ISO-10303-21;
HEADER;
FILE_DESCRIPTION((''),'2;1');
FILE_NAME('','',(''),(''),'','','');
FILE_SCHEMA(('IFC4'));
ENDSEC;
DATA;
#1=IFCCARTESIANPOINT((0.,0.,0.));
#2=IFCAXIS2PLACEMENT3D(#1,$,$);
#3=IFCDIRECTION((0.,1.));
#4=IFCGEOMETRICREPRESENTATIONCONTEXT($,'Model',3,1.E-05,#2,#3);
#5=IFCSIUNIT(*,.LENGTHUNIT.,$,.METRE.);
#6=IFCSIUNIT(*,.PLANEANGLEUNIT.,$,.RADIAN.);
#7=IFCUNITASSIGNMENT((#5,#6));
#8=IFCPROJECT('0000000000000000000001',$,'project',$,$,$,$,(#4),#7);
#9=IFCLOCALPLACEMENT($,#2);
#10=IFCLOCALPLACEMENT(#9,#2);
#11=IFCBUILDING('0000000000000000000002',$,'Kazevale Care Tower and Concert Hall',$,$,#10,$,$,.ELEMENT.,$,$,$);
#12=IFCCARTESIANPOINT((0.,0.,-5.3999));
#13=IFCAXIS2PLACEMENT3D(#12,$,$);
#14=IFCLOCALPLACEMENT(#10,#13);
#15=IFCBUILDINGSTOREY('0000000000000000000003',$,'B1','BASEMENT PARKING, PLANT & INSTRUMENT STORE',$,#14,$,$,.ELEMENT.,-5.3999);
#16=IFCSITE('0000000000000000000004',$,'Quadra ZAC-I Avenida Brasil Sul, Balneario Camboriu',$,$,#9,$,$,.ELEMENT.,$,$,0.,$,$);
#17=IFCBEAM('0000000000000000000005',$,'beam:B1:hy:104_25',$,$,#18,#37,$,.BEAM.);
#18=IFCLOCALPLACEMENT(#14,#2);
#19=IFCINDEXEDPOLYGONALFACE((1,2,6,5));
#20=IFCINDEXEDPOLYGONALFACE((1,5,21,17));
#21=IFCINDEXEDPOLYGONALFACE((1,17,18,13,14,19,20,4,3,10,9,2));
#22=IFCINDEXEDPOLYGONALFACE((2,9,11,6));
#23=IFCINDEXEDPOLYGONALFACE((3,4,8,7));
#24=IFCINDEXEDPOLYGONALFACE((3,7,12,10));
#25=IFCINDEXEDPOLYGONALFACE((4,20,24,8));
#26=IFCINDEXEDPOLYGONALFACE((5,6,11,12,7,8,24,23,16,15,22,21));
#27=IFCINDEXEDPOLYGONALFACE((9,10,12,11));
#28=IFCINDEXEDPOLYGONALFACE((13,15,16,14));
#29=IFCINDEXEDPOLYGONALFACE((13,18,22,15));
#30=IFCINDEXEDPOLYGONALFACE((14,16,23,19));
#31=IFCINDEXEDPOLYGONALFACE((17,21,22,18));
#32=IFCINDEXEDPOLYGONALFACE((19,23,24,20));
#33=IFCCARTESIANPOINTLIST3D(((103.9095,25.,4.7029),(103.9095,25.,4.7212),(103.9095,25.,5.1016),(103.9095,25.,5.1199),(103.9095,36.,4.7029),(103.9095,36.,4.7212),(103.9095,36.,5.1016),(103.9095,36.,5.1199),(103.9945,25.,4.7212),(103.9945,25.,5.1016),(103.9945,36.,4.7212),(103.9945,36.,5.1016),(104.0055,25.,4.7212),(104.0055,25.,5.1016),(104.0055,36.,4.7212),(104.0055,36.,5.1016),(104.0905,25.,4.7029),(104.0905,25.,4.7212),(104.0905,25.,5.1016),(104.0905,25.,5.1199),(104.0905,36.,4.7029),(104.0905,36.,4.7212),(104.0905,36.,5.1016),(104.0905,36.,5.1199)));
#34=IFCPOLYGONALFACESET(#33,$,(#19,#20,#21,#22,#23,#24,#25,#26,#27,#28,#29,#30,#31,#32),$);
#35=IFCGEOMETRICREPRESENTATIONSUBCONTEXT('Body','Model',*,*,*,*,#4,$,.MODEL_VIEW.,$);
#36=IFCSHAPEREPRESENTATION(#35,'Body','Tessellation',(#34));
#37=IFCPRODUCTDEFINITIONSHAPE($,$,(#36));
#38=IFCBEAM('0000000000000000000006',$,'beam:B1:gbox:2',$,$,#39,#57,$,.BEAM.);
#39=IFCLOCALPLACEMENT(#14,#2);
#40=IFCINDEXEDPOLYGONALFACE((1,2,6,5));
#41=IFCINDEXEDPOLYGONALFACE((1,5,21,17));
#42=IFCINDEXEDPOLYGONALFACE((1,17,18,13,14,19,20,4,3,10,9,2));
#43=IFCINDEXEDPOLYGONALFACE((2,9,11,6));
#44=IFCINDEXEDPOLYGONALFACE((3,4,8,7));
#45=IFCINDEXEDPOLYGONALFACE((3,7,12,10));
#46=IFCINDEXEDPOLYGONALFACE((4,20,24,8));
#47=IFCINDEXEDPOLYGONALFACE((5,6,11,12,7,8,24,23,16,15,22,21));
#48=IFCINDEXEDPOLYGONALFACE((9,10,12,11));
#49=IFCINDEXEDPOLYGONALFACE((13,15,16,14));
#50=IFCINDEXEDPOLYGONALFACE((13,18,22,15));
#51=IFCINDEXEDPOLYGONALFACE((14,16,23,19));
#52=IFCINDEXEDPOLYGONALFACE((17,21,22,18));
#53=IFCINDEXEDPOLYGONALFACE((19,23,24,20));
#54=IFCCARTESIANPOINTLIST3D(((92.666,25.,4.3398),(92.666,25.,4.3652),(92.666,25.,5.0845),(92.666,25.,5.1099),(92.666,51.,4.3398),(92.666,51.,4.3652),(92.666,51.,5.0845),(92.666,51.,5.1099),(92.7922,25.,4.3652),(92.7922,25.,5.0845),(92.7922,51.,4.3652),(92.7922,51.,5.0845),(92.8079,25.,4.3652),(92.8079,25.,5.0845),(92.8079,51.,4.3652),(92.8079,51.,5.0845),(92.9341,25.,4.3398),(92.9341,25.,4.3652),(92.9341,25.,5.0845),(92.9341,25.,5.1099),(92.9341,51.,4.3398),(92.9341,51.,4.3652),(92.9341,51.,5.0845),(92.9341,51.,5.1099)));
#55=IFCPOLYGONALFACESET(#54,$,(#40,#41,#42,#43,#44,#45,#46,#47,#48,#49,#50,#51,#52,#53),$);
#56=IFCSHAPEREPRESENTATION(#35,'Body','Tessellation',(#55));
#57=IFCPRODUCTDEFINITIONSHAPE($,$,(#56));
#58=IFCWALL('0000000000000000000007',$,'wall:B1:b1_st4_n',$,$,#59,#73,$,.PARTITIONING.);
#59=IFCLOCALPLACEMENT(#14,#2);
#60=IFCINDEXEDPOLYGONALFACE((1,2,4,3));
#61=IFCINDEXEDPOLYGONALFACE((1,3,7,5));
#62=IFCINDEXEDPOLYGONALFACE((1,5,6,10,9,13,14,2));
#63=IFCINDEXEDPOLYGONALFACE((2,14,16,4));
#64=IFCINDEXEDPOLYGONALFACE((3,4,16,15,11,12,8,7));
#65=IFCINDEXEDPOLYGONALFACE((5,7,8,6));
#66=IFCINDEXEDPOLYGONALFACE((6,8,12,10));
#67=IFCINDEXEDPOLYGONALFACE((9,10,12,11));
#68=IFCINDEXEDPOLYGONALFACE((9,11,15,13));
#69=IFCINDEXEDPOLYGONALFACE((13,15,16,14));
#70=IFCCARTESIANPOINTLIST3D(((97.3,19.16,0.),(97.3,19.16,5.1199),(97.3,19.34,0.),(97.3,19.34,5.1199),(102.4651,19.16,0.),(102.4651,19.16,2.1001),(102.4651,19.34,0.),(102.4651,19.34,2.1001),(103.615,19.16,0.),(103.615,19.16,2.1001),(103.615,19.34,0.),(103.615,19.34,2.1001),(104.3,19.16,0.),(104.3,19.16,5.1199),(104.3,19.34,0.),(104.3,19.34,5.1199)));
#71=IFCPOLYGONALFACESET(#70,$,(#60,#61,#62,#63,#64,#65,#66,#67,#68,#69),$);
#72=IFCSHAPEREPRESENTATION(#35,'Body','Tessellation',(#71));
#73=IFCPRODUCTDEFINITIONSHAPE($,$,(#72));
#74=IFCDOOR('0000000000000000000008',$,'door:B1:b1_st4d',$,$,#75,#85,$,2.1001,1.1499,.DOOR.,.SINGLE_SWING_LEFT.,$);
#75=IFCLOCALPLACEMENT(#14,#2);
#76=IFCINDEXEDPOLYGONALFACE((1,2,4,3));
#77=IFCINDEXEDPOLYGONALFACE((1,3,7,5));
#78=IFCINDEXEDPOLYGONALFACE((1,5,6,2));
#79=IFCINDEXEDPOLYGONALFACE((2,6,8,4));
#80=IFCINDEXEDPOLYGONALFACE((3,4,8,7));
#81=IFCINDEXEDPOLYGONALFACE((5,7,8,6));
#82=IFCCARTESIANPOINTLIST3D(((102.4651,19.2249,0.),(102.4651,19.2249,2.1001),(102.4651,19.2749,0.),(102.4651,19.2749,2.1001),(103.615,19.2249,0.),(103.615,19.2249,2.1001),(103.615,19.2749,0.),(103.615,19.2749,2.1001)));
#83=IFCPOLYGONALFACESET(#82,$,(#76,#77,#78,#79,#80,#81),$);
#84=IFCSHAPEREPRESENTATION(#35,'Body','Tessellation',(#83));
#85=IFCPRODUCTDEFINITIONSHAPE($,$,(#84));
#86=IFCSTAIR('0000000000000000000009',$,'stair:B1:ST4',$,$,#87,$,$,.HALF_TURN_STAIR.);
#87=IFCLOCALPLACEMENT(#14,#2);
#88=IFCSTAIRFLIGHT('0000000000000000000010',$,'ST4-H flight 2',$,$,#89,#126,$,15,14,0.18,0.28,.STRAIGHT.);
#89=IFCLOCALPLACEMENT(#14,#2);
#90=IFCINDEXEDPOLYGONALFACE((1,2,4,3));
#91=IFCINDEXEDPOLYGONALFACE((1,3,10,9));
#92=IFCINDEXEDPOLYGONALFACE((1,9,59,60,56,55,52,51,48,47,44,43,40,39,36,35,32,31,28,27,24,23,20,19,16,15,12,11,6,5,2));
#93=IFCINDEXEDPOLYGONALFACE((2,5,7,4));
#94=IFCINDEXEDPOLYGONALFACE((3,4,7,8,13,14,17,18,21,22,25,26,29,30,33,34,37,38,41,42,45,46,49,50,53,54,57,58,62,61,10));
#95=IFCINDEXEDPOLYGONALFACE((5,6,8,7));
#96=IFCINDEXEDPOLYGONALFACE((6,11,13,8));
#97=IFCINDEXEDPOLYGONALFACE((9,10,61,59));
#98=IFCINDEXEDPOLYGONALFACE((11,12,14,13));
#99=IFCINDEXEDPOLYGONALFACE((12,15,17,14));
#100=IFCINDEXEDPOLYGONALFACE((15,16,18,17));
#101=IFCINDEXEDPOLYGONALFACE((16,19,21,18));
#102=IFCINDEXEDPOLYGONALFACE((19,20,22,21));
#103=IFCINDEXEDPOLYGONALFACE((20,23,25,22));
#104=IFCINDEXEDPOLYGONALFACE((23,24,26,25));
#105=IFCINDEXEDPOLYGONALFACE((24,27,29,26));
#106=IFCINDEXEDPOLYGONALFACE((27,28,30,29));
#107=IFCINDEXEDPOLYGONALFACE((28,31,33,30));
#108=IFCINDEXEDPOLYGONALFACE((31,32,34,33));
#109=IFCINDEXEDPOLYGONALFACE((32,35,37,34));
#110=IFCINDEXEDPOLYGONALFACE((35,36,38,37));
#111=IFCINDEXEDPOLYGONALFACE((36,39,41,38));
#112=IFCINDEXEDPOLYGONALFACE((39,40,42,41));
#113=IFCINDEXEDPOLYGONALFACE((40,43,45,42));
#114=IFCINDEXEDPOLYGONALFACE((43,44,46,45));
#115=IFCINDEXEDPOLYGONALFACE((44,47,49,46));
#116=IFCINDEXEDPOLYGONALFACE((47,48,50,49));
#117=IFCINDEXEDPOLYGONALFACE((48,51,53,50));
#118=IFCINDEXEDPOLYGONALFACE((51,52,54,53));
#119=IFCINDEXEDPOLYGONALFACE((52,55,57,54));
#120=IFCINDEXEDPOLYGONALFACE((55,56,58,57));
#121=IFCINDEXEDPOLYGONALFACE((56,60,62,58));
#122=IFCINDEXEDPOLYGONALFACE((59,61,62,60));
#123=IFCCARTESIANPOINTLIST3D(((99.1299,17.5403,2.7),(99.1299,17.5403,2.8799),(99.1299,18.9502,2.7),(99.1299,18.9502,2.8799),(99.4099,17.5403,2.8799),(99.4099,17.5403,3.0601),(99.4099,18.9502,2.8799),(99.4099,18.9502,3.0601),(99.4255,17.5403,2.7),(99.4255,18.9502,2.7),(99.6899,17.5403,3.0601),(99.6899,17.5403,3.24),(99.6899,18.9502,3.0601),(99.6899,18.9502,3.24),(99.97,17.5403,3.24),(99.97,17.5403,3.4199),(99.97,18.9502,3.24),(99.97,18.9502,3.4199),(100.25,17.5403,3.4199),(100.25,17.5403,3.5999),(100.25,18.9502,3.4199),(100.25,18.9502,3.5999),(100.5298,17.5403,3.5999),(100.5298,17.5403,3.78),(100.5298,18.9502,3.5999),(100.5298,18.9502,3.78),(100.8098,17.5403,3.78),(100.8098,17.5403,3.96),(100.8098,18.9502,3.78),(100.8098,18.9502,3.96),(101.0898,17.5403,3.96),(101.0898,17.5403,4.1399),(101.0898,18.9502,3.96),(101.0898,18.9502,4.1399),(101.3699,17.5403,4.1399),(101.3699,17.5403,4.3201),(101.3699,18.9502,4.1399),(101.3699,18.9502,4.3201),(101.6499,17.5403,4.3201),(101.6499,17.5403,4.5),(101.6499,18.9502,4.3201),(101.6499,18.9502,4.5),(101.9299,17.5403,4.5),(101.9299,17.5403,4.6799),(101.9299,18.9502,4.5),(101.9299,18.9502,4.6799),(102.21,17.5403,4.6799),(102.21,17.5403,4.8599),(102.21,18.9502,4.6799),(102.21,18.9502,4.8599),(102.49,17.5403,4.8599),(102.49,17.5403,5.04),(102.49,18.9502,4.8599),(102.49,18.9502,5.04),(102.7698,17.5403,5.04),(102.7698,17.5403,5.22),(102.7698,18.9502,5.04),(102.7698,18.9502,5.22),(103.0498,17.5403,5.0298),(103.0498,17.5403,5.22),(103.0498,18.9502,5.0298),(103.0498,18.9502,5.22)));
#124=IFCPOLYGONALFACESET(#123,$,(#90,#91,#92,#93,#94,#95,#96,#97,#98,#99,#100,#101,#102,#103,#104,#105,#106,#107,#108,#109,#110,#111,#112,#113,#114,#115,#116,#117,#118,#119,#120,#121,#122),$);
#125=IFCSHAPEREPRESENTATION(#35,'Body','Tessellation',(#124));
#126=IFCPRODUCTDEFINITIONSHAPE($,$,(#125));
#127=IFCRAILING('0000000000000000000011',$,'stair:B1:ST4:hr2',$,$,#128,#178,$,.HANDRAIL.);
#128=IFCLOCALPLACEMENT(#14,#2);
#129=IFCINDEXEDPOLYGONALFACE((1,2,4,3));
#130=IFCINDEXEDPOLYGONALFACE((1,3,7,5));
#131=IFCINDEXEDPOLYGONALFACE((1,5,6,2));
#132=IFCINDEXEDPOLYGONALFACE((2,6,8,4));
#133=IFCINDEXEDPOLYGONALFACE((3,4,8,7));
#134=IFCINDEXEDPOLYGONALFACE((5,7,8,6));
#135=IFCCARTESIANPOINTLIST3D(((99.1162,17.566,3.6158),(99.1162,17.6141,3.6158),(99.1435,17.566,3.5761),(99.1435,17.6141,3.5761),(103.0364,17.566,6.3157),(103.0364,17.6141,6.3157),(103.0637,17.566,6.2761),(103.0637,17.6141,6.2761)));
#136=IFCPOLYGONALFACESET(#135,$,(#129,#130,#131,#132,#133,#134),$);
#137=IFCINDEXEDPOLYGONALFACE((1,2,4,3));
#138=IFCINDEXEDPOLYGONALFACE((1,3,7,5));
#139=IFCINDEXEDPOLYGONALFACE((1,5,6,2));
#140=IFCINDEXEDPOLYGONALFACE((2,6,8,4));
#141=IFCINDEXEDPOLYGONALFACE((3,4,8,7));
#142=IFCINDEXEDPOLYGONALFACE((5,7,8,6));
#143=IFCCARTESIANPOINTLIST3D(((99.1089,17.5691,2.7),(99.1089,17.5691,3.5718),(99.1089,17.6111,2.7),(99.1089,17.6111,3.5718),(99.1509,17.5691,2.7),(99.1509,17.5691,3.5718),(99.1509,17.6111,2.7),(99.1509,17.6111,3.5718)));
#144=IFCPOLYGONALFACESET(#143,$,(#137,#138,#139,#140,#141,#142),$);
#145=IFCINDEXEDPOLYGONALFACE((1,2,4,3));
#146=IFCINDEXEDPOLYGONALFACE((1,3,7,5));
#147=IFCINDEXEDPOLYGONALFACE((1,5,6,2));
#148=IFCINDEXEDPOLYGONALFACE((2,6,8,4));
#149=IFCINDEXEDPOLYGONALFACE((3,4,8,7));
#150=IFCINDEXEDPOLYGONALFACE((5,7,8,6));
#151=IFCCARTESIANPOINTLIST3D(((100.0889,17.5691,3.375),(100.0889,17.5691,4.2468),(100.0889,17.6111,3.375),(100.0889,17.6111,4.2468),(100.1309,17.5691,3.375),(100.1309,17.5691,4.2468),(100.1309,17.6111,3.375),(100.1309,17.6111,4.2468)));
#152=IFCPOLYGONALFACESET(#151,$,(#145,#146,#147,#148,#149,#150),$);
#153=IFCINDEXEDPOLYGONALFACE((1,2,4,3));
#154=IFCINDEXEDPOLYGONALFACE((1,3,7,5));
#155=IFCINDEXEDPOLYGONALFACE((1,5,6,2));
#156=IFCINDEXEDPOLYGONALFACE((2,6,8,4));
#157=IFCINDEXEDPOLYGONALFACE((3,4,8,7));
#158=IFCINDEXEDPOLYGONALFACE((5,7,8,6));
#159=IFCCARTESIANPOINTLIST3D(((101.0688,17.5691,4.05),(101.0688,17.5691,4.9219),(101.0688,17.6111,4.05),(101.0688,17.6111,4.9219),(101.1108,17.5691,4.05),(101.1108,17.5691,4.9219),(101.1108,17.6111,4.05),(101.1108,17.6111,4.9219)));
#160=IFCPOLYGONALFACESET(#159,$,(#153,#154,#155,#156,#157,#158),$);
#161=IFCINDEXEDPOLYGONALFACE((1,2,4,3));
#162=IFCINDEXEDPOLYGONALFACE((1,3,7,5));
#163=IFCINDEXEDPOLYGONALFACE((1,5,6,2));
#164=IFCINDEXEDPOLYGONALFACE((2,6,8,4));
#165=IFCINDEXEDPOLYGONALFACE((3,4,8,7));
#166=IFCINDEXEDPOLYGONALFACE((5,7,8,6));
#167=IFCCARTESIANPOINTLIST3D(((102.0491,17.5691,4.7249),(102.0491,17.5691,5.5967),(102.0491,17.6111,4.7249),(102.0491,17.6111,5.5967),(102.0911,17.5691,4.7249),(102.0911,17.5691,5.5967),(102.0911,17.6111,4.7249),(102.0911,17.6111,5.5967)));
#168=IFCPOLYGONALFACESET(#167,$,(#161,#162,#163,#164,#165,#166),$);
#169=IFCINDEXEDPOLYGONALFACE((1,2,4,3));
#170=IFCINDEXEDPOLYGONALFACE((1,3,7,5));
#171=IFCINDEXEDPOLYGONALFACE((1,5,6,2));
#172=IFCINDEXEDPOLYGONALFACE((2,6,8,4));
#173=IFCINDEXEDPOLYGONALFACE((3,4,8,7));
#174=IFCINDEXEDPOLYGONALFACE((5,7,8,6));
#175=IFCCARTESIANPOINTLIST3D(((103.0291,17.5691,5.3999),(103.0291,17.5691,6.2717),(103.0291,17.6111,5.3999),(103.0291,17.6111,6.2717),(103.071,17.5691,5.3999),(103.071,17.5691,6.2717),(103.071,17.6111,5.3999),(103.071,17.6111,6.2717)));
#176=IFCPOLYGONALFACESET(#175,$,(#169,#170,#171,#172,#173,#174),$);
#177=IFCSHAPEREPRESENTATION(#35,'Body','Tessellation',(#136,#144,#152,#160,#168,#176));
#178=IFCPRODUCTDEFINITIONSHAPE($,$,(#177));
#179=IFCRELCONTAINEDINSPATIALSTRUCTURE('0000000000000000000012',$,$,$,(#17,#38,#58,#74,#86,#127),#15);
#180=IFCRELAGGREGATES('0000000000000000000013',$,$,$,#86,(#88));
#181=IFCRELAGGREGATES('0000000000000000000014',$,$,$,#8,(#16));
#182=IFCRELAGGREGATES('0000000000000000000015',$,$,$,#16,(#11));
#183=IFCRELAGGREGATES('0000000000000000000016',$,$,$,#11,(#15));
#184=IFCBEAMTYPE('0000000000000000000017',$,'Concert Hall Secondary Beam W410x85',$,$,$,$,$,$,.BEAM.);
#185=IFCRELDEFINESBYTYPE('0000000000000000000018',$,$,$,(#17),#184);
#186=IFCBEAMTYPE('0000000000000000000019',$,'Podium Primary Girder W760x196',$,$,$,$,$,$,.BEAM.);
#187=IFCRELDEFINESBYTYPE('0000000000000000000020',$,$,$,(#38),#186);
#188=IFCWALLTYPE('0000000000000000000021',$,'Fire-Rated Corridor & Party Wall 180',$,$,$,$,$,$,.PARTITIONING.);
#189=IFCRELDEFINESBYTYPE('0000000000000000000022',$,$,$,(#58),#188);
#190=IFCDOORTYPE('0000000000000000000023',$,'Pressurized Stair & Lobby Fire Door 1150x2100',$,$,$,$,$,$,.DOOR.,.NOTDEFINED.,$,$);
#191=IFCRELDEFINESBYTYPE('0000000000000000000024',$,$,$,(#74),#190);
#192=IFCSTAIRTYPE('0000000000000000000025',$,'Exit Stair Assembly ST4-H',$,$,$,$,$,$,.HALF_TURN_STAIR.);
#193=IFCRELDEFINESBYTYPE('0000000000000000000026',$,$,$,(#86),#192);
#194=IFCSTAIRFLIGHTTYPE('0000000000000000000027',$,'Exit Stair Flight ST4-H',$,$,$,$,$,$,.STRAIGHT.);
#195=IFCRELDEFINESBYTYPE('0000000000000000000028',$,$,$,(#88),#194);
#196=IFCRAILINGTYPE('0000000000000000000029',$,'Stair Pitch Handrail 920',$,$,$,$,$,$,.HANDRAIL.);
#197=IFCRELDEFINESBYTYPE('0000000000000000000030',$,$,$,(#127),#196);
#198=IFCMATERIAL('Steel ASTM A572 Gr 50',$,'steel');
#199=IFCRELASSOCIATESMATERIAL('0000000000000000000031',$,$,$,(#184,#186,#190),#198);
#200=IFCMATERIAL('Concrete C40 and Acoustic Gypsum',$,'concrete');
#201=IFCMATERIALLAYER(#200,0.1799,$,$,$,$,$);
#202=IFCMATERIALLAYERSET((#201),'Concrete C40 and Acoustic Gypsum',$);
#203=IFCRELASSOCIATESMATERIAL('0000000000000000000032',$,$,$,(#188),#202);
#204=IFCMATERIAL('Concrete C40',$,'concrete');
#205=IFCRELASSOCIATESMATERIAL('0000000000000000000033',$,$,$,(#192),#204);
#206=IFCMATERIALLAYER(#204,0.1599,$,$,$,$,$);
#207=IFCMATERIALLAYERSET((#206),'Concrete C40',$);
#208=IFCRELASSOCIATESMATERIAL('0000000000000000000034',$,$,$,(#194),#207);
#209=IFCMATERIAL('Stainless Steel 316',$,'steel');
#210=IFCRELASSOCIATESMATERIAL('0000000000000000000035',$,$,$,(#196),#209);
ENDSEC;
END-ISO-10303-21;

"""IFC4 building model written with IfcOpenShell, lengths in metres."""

from ifc_helpers import new_model, si_unit, direction, frame, frame_2d, origin, origin_2d, place, context, subcontext, project, spatial, polyline, rectangle, i_section, outline, extrude, material, layer, layer_set, material_profile, profile_set, type_object, element, fill, aggregate, save


model = new_model("IFC4")

# Units and contexts
model_context = context("Model", 3, precision=1e-05, world=origin(), true_north=direction((0.0, 1.0)))
body_context = subcontext(model_context, "Body", "Model", "MODEL_VIEW")
ifc_project = project(units=[si_unit("LENGTHUNIT", "METRE"), si_unit("PLANEANGLEUNIT", "RADIAN")], contexts=[model_context])

# Site, building, storey
site_placement = place(None, origin())
site = spatial("IfcSite", under=ifc_project, at=site_placement, Name="Quadra ZAC-I Avenida Brasil Sul, Balneario Camboriu", CompositionType="ELEMENT", RefElevation=0.0)
building_placement = place(site_placement, origin())
building = spatial("IfcBuilding", under=site, at=building_placement, Name="Kazevale Care Tower and Concert Hall", CompositionType="ELEMENT")
storey_placement = place(building_placement, frame((0.0, 0.0, -5.3999)))
storey = spatial("IfcBuildingStorey", under=building, at=storey_placement, Name="B1", Description="BASEMENT PARKING, PLANT & INSTRUMENT STORE", CompositionType="ELEMENT", Elevation=-5.3999)

# Beams
ifc_material_1 = material(Name="Steel ASTM A572 Gr 50", Category="steel")
ifc_material_profile_1 = material_profile(ifc_material_1, i_section(OverallWidth=0.1809, OverallDepth=0.417, WebThickness=0.011, FlangeThickness=0.0183, at=origin_2d()), Name="W410x85")
ifc_profile_set_1 = profile_set([ifc_material_profile_1], Name="Steel ASTM A572 Gr 50")
beam_type_1 = type_object("IfcBeamType", Name="Concert Hall Secondary Beam W410x85", PredefinedType="BEAM", material=ifc_profile_set_1)
for number, where, z_axis, x_axis, name in (
    (1, (104.0, 25.0, 4.9114), (0.0, 1.0, 0.0), (-1.0, 0.0, 0.0), "beam:B1:hy:104_25"),
):
    element("IfcBeam", number, at=place(storey_placement, frame(where, z_axis=z_axis, x_axis=x_axis)), inside=storey, type_object=beam_type_1, Name=name, PredefinedType="BEAM", context=body_context, shape_type="SweptSolid", body=[
        extrude(i_section(OverallWidth=0.1809, OverallDepth=0.417, WebThickness=0.011, FlangeThickness=0.0183, at=origin_2d()), origin(), (0.0, 0.0, 1.0), 11.0),
    ])
ifc_material_profile_2 = material_profile(ifc_material_1, i_section(OverallWidth=0.2681, OverallDepth=0.77, WebThickness=0.0156, FlangeThickness=0.0254, at=origin_2d()), Name="W760x196")
ifc_profile_set_2 = profile_set([ifc_material_profile_2], Name="Steel ASTM A572 Gr 50")
beam_type_2 = type_object("IfcBeamType", Name="Podium Primary Girder W760x196", PredefinedType="BEAM", material=ifc_profile_set_2)
beam_1_placement = place(storey_placement, frame((92.8, 25.0, 4.7249), z_axis=(0.0, 1.0, 0.0), x_axis=(-1.0, 0.0, 0.0)))
element("IfcBeam", 2, at=beam_1_placement, inside=storey, type_object=beam_type_2, Name="beam:B1:gbox:2", PredefinedType="BEAM", context=body_context, shape_type="SweptSolid", body=[
    extrude(i_section(OverallWidth=0.2681, OverallDepth=0.77, WebThickness=0.0156, FlangeThickness=0.0254, at=origin_2d()), origin(), (0.0, 0.0, 1.0), 26.0),
])

# Wall, opening, door
ifc_material_2 = material(Name="Concrete C40 and Acoustic Gypsum", Category="concrete")
ifc_layer_1 = layer(ifc_material_2, 0.1799)
ifc_layer_set_1 = layer_set([ifc_layer_1], Name="Concrete C40 and Acoustic Gypsum")
wall_type = type_object("IfcWallType", Name="Fire-Rated Corridor & Party Wall 180", PredefinedType="PARTITIONING", material=ifc_layer_set_1)
wall_placement = place(storey_placement, frame((97.3, 19.25, 0.0), z_axis=(0.0, 0.0, 1.0), x_axis=(1.0, 0.0, 0.0)))
wall = element("IfcWall", 3, at=wall_placement, inside=storey, type_object=wall_type, Name="wall:B1:b1_st4_n", PredefinedType="PARTITIONING", context=body_context, shape_type="SweptSolid", body=[
    extrude(rectangle(XDim=7.0, YDim=0.1799, at=frame_2d((3.5, 0.0))), origin(), (0.0, 0.0, 1.0), 5.1199),
])
opening_placement = place(wall_placement, frame((5.165, 0.0, 0.0)))
opening = element("IfcOpeningElement", 4, at=opening_placement, cuts=wall, PredefinedType="OPENING", context=body_context, shape_type="SweptSolid", body=[
    extrude(rectangle(XDim=1.1499, YDim=2.1001, at=frame_2d((0.575, 1.05))), frame((0.0, 0.0999, 0.0), z_axis=(0.0, -1.0, 0.0), x_axis=(1.0, 0.0, 0.0)), (0.0, 0.0, 1.0), 0.2),
])
door_type = type_object("IfcDoorType", Name="Pressurized Stair & Lobby Fire Door 1150x2100", OperationType="NOTDEFINED", PredefinedType="DOOR", material=ifc_material_1)
door_placement = place(opening_placement, origin())
door = element("IfcDoor", 5, at=door_placement, inside=storey, type_object=door_type, Name="door:B1:b1_st4d", OperationType="SINGLE_SWING_LEFT", OverallHeight=2.1001, OverallWidth=1.1499, PredefinedType="DOOR", context=body_context, shape_type="SweptSolid", body=[
    extrude(rectangle(XDim=1.1499, YDim=2.1001, at=frame_2d((0.575, 1.05))), frame((0.0, 0.0249, 0.0), z_axis=(0.0, -1.0, 0.0), x_axis=(1.0, 0.0, 0.0)), (0.0, 0.0, 1.0), 0.05),
])
fill(opening, door)

# Stair, stair flight
ifc_material_3 = material(Name="Concrete C40", Category="concrete")
stair_type = type_object("IfcStairType", Name="Exit Stair Assembly ST4-H", PredefinedType="HALF_TURN_STAIR", material=ifc_material_3)
stair_placement = place(storey_placement, origin())
stair = element("IfcStair", 6, at=stair_placement, inside=storey, type_object=stair_type, Name="stair:B1:ST4", PredefinedType="HALF_TURN_STAIR")
ifc_layer_2 = layer(ifc_material_3, 0.1599)
ifc_layer_set_2 = layer_set([ifc_layer_2], Name="Concrete C40")
stair_flight_type = type_object("IfcStairFlightType", Name="Exit Stair Flight ST4-H", PredefinedType="STRAIGHT", material=ifc_layer_set_2)
stair_flight_placement = place(storey_placement, frame((99.1299, 18.2451, 2.7), z_axis=(0.0, 0.0, 1.0), x_axis=(1.0, 0.0, 0.0)))
stair_flight = element("IfcStairFlight", 7, at=stair_flight_placement, type_object=stair_flight_type, Name="ST4-H flight 2", NumberOfRisers=15, NumberOfTreads=14, PredefinedType="STRAIGHT", RiserHeight=0.18, TreadLength=0.28, context=body_context, shape_type="SweptSolid", body=[
    extrude(outline(polyline([(0.0, 0.0), (0.0, 0.1799), (0.28, 0.1799), (0.28, 0.3601), (0.5601, 0.3601), (0.5601, 0.54), (0.8401, 0.54), (0.8401, 0.72), (1.1201, 0.72), (1.1201, 0.8999), (1.3999, 0.8999), (1.3999, 1.0801), (1.6799, 1.0801), (1.6799, 1.26), (1.96, 1.26), (1.96, 1.4399), (2.24, 1.4399), (2.24, 1.6201), (2.52, 1.6201), (2.52, 1.8), (2.8, 1.8), (2.8, 1.98), (3.0801, 1.98), (3.0801, 2.1599), (3.3601, 2.1599), (3.3601, 2.3401), (3.6399, 2.3401), (3.6399, 2.52), (3.9199, 2.52), (3.9199, 2.7), (3.9199, 2.3298), (0.2957, 0.0), (0.0, 0.0)])), frame((0.0, 0.7051, 0.0), z_axis=(0.0, -1.0, 0.0), x_axis=(1.0, 0.0, 0.0)), (0.0, 0.0, 1.0), 1.4099),
])
aggregate(stair, [stair_flight])

# Railing
ifc_material_4 = material(Name="Stainless Steel 316", Category="steel")
railing_type_1 = type_object("IfcRailingType", Name="Stair Pitch Handrail 920", PredefinedType="HANDRAIL", material=ifc_material_4)
railing_1_placement = place(storey_placement, frame((99.1299, 17.5901, 2.7)))
element("IfcRailing", 8, at=railing_1_placement, inside=storey, type_object=railing_type_1, Name="stair:B1:ST4:hr2", PredefinedType="HANDRAIL", context=body_context, shape_type="SweptSolid", body=[
    extrude(rectangle(XDim=0.0481, YDim=0.0481, at=origin_2d()), frame((0.0, 0.0, 0.896), z_axis=(0.823567, 0.0, 0.567219), x_axis=(0.0, 1.0, 0.0)), (0.0, 0.0, 1.0), 4.76),
    extrude(rectangle(XDim=0.042, YDim=0.042, at=origin_2d()), origin(), (0.0, 0.0, 1.0), 0.8718),
    extrude(rectangle(XDim=0.042, YDim=0.042, at=origin_2d()), frame((0.98, 0.0, 0.675)), (0.0, 0.0, 1.0), 0.8718),
    extrude(rectangle(XDim=0.042, YDim=0.042, at=origin_2d()), frame((1.96, 0.0, 1.3501)), (0.0, 0.0, 1.0), 0.8718),
    extrude(rectangle(XDim=0.042, YDim=0.042, at=origin_2d()), frame((2.9402, 0.0, 2.0249)), (0.0, 0.0, 1.0), 0.8718),
    extrude(rectangle(XDim=0.042, YDim=0.042, at=origin_2d()), frame((3.9202, 0.0, 2.7)), (0.0, 0.0, 1.0), 0.8718),
])

save(model, "model.ifc")
